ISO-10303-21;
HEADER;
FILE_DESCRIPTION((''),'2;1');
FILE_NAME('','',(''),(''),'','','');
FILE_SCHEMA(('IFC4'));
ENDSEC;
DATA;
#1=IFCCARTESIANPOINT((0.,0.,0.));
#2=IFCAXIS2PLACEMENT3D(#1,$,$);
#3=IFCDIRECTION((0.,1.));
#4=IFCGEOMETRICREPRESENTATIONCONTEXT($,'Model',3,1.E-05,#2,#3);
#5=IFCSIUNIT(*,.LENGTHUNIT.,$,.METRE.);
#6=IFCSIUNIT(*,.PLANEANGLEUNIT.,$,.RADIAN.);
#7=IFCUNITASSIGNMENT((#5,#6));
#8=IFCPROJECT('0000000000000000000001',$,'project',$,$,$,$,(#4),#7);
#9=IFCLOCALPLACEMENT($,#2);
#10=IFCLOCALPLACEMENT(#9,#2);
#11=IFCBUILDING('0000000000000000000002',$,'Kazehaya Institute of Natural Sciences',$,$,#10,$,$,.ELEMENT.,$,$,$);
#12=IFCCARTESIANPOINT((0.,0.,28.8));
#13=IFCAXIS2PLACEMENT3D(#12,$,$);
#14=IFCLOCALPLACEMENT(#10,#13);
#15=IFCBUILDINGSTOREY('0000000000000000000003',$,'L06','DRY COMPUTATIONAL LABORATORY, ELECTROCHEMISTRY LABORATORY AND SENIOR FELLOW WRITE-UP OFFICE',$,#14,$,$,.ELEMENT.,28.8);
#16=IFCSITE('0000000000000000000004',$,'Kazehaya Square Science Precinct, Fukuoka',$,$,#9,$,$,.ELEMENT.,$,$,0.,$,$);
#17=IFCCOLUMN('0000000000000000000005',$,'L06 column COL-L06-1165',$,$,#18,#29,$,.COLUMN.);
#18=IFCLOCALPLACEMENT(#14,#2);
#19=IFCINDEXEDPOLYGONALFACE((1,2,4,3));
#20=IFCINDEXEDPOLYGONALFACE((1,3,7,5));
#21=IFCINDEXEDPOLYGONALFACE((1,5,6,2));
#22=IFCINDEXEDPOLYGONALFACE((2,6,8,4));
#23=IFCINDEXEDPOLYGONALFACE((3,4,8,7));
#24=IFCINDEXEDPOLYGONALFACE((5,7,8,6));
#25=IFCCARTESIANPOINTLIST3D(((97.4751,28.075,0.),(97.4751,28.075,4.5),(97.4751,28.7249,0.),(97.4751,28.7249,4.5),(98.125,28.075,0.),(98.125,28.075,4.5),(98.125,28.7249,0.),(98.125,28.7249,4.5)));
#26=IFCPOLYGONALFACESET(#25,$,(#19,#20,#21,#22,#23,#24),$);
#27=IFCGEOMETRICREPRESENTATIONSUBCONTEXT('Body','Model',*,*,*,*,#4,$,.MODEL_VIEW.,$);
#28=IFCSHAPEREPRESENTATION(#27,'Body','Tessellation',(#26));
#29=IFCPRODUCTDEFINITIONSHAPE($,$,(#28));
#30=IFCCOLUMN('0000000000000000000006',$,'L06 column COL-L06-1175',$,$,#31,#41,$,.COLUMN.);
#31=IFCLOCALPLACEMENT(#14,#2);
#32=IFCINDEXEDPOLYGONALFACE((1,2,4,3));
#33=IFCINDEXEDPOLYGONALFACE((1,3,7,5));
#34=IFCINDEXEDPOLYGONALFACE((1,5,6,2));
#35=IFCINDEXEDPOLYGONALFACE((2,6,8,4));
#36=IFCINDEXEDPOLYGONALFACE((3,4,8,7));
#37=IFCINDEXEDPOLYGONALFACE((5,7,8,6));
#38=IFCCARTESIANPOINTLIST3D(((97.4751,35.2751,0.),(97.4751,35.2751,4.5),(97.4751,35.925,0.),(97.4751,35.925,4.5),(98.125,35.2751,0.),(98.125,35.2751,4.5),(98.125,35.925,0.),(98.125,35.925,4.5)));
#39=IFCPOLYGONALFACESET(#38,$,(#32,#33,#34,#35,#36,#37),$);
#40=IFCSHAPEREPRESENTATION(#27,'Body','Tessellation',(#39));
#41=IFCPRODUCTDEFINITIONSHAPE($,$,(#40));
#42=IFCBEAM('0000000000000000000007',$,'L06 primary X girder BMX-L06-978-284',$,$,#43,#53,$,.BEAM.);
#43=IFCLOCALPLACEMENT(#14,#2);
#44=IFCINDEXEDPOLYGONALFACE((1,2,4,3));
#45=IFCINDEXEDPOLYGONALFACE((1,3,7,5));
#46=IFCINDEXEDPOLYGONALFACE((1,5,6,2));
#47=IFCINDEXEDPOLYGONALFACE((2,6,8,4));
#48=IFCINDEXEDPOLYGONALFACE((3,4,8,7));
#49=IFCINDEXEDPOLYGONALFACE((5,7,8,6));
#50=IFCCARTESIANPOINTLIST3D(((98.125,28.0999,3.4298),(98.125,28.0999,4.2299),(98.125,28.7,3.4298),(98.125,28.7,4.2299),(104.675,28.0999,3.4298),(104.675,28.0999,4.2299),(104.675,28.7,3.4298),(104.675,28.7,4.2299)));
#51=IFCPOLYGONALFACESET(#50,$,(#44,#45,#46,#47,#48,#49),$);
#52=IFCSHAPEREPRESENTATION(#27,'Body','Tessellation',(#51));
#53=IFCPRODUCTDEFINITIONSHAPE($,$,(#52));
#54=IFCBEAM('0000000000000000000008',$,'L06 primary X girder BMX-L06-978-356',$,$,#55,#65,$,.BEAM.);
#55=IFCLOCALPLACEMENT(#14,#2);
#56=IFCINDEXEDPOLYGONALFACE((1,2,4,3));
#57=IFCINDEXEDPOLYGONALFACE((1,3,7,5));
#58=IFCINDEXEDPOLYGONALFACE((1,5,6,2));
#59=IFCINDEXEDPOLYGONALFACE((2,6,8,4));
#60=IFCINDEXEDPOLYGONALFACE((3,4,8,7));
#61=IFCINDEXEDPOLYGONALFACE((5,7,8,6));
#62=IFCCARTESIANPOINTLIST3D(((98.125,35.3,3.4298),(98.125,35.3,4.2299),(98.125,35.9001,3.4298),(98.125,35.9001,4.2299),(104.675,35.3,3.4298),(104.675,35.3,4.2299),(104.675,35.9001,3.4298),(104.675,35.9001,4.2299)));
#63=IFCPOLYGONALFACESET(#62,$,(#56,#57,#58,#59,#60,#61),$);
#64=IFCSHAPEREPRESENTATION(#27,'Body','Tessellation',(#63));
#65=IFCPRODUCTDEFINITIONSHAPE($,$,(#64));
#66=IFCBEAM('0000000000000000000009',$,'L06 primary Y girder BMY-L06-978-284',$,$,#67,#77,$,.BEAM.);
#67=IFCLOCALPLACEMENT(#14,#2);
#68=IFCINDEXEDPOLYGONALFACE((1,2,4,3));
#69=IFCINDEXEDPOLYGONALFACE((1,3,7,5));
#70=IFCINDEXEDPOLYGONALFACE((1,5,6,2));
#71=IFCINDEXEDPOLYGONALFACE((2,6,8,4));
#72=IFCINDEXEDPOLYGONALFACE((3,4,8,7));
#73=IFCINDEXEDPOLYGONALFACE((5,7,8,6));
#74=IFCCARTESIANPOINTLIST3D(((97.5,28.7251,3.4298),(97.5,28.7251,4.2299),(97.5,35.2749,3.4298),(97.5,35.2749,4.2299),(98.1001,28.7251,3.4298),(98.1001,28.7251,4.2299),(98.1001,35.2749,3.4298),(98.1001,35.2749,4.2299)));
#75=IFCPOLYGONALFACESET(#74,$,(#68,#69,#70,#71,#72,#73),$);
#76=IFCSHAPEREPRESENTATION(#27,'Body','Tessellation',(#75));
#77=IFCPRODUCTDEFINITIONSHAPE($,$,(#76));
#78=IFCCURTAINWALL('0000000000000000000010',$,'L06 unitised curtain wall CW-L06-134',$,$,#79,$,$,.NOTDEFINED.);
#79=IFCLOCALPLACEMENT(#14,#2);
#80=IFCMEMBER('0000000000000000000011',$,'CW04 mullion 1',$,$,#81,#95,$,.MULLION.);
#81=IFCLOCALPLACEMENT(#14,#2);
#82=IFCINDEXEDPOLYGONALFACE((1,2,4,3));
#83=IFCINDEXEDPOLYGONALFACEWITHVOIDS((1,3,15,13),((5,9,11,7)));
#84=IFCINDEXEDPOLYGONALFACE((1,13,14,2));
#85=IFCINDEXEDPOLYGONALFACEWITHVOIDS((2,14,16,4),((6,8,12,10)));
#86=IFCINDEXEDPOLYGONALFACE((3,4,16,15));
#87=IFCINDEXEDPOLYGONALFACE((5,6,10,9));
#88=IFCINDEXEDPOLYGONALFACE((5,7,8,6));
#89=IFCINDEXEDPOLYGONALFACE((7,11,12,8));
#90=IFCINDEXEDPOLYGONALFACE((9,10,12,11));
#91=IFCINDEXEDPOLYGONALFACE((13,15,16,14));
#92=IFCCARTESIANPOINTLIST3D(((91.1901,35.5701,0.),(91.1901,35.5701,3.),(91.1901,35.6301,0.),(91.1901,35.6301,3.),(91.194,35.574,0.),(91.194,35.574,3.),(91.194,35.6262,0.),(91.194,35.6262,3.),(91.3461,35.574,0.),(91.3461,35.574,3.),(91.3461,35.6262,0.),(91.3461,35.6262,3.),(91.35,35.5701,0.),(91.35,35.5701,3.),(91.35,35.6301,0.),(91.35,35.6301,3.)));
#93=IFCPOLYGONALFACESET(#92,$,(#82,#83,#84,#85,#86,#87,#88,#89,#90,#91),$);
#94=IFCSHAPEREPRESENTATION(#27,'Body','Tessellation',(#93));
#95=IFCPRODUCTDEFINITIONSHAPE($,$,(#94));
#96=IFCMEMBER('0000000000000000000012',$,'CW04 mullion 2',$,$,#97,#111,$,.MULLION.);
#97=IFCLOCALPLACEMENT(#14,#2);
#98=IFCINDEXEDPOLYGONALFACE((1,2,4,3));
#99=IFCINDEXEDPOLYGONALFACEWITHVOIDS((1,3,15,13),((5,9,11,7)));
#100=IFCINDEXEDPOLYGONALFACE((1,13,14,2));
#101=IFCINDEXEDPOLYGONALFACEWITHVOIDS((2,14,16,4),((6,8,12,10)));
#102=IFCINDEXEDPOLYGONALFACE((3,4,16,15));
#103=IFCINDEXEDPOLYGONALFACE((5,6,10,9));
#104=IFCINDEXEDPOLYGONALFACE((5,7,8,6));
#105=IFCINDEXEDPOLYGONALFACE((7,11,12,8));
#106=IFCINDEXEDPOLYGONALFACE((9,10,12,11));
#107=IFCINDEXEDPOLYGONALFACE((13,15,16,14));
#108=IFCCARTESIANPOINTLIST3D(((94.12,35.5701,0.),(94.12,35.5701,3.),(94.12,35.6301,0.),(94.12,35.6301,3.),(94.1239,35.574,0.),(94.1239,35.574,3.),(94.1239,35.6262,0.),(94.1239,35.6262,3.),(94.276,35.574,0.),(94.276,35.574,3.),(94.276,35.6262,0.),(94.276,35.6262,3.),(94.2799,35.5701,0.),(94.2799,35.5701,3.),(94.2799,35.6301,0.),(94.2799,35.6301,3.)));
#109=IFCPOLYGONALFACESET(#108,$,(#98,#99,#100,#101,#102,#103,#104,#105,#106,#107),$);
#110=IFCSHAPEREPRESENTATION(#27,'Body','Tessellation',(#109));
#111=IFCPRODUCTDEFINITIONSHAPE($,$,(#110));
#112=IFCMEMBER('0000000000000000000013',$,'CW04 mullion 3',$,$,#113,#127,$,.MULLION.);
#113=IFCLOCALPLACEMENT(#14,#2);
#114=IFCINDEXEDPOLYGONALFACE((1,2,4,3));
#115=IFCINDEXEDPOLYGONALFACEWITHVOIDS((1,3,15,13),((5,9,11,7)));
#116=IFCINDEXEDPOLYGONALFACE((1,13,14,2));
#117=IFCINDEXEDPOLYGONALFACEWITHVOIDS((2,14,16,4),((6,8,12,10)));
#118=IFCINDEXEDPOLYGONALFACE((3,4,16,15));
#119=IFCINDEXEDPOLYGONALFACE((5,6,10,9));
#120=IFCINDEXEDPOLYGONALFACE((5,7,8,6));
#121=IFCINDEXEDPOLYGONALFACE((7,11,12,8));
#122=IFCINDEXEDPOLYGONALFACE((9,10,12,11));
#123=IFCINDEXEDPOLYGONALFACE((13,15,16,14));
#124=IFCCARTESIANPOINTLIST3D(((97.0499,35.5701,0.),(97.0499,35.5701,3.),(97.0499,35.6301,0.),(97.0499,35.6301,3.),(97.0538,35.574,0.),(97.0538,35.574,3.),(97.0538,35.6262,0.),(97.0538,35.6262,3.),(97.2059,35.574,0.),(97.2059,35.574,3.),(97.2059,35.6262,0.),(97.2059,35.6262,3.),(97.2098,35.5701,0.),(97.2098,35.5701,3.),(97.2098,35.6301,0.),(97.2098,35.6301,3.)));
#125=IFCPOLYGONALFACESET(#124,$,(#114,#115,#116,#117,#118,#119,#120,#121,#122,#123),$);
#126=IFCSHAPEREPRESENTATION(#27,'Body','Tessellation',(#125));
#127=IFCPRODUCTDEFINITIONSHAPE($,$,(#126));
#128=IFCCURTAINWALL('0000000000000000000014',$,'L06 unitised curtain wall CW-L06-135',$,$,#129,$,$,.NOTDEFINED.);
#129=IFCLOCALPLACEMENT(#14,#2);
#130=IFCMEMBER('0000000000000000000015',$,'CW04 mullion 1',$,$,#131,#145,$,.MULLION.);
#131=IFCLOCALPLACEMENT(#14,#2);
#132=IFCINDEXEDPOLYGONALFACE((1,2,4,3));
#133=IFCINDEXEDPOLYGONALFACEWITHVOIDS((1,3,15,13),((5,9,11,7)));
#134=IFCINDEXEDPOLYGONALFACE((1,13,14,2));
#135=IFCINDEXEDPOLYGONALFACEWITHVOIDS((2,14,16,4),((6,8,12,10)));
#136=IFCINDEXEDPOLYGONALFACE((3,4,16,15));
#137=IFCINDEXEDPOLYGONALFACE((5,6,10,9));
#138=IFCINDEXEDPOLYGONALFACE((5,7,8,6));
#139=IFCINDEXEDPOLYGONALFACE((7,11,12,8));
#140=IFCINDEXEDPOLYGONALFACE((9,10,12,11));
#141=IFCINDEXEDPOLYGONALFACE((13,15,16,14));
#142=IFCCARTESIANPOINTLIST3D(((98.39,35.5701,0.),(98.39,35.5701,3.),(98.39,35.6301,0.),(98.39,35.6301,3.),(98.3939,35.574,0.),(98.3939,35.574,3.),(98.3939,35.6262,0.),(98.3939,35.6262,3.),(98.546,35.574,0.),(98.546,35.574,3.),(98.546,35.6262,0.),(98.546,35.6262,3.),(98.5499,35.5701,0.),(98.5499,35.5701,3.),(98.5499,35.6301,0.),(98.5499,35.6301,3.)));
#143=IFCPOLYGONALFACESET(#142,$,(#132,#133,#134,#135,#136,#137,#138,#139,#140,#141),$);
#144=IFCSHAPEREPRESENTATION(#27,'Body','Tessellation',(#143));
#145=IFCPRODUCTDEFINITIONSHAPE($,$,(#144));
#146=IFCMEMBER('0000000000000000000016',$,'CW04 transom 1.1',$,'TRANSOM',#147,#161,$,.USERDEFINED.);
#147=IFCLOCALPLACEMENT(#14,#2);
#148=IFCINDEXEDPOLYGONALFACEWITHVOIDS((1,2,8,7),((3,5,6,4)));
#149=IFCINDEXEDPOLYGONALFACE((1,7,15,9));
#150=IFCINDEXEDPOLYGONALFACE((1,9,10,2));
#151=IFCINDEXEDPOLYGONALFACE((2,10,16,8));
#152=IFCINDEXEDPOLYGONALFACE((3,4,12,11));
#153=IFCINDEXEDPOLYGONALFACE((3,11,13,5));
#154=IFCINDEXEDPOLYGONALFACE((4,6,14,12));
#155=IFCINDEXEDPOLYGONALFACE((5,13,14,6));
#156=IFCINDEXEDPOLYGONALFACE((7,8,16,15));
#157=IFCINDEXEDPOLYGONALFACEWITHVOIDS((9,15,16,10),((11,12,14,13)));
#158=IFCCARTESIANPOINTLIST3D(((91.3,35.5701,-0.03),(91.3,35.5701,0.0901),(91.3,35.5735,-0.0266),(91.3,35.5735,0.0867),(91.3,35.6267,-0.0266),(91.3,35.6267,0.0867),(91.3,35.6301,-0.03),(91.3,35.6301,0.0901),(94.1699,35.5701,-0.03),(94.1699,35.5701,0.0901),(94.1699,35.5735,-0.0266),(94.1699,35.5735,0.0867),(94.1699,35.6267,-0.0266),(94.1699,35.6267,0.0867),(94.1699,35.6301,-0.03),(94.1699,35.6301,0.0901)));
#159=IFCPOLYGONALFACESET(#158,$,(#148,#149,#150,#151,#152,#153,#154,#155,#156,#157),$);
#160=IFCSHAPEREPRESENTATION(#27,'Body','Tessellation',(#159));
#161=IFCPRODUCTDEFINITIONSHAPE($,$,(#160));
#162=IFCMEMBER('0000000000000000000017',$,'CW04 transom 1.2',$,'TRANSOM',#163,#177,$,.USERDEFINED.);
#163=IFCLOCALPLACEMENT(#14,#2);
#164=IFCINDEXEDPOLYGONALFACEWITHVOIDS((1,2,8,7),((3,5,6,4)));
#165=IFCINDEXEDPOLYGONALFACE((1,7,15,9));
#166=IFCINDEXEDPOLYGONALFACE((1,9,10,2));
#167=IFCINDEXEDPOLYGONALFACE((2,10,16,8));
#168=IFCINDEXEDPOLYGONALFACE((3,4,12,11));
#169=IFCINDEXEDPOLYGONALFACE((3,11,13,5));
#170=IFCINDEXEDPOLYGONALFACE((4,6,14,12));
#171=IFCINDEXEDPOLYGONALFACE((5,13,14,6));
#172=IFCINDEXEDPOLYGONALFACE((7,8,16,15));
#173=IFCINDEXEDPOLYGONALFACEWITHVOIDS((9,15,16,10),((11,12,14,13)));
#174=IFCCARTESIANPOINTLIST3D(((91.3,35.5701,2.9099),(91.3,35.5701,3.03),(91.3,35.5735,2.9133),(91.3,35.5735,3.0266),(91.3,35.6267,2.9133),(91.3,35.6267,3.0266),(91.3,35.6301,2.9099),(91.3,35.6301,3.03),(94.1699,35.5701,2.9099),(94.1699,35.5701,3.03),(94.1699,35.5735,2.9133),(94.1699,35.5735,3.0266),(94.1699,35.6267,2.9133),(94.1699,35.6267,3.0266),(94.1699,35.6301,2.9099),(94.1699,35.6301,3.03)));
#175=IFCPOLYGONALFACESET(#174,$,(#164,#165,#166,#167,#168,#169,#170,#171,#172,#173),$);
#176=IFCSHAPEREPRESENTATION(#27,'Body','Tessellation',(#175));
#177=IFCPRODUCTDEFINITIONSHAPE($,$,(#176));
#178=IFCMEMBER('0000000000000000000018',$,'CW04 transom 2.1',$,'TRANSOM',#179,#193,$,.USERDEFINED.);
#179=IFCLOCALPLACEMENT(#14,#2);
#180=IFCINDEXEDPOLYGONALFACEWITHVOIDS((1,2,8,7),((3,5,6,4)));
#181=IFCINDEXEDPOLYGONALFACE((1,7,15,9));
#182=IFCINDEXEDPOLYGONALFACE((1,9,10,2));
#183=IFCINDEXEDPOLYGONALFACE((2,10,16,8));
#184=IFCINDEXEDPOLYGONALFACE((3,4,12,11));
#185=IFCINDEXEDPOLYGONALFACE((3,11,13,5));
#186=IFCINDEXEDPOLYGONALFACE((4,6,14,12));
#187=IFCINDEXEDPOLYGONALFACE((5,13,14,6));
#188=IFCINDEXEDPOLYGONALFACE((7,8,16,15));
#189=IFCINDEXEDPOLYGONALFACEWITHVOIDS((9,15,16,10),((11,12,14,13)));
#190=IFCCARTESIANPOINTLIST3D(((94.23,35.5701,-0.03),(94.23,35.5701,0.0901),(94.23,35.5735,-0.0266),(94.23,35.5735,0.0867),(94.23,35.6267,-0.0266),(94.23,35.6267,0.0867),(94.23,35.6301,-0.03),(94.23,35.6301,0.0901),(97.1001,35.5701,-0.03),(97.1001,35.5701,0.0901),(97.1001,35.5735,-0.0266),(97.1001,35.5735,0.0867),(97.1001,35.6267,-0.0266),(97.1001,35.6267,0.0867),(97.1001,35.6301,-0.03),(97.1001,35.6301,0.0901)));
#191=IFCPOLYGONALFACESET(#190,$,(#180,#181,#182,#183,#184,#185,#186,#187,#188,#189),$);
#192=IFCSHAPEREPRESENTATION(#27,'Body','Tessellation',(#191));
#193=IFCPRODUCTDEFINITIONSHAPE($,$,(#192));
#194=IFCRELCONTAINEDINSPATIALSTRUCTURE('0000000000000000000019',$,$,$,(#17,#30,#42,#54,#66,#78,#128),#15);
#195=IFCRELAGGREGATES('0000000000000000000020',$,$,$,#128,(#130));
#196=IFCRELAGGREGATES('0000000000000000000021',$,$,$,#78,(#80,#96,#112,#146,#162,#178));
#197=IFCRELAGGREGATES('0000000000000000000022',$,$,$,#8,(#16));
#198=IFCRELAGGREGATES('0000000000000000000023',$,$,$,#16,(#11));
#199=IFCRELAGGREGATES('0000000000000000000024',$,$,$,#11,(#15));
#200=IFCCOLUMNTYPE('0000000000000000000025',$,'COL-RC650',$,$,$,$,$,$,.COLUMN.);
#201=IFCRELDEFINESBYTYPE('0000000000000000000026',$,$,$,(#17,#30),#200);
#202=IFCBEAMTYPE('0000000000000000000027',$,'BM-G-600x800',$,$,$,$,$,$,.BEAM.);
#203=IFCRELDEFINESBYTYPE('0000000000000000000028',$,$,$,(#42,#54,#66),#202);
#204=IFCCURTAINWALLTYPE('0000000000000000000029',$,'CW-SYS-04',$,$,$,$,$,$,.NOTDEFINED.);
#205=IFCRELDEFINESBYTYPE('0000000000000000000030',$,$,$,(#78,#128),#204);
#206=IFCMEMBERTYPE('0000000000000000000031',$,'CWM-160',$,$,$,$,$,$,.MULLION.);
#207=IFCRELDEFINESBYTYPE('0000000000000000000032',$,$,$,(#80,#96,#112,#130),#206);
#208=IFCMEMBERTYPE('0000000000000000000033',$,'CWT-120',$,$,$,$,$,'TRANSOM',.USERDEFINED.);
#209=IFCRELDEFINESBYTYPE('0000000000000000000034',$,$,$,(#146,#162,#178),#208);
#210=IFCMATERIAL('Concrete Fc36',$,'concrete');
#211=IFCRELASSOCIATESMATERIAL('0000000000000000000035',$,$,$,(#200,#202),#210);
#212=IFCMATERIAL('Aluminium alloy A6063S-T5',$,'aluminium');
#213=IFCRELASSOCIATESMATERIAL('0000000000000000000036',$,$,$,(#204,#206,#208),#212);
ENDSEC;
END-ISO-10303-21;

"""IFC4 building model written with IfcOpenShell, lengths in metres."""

from ifc_helpers import new_model, si_unit, direction, frame, origin, origin_2d, place, context, subcontext, project, spatial, rectangle, hollow_rectangle, extrude, material, material_profile, profile_set, type_object, element, aggregate, save


model = new_model("IFC4")

# Units and contexts
model_context = context("Model", 3, precision=1e-05, world=origin(), true_north=direction((0.0, 1.0)))
body_context = subcontext(model_context, "Body", "Model", "MODEL_VIEW")
ifc_project = project(units=[si_unit("LENGTHUNIT", "METRE"), si_unit("PLANEANGLEUNIT", "RADIAN")], contexts=[model_context])

# Site, building, storey
site_placement = place(None, origin())
site = spatial("IfcSite", under=ifc_project, at=site_placement, Name="Kazehaya Square Science Precinct, Fukuoka", CompositionType="ELEMENT", RefElevation=0.0)
building_placement = place(site_placement, origin())
building = spatial("IfcBuilding", under=site, at=building_placement, Name="Kazehaya Institute of Natural Sciences", CompositionType="ELEMENT")
storey_placement = place(building_placement, frame((0.0, 0.0, 28.8)))
storey = spatial("IfcBuildingStorey", under=building, at=storey_placement, Name="L06", Description="DRY COMPUTATIONAL LABORATORY, ELECTROCHEMISTRY LABORATORY AND SENIOR FELLOW WRITE-UP OFFICE", CompositionType="ELEMENT", Elevation=28.8)

# Columns
ifc_material_1 = material(Name="Concrete Fc36", Category="concrete")
ifc_material_profile_1 = material_profile(ifc_material_1, rectangle(XDim=0.6499, YDim=0.6499, at=origin_2d()), Name="RC-650x650")
ifc_profile_set_1 = profile_set([ifc_material_profile_1], Name="Concrete Fc36")
column_type = type_object("IfcColumnType", Name="COL-RC650", PredefinedType="COLUMN", material=ifc_profile_set_1)
for number, where, z_axis, x_axis, name in (
    (1, (97.8, 28.3999, 0.0), (0.0, 0.0, 1.0), (1.0, 0.0, 0.0), "L06 column COL-L06-1165"),
    (2, (97.8, 35.6001, 0.0), (0.0, 0.0, 1.0), (1.0, 0.0, 0.0), "L06 column COL-L06-1175"),
):
    element("IfcColumn", number, at=place(storey_placement, frame(where, z_axis=z_axis, x_axis=x_axis)), inside=storey, type_object=column_type, Name=name, PredefinedType="COLUMN", context=body_context, shape_type="SweptSolid", body=[
        extrude(rectangle(XDim=0.6499, YDim=0.6499, at=origin_2d()), origin(), (0.0, 0.0, 1.0), 4.5),
    ])

# Beams
ifc_material_profile_2 = material_profile(ifc_material_1, rectangle(XDim=0.6001, YDim=0.8, at=origin_2d()), Name="RC-600x800")
ifc_profile_set_2 = profile_set([ifc_material_profile_2], Name="Concrete Fc36")
beam_type = type_object("IfcBeamType", Name="BM-G-600x800", PredefinedType="BEAM", material=ifc_profile_set_2)
for number, where, z_axis, x_axis, name in (
    (3, (98.125, 28.3999, 3.8298), (1.0, 0.0, 0.0), (0.0, 1.0, 0.0), "L06 primary X girder BMX-L06-978-284"),
    (4, (98.125, 35.6001, 3.8298), (1.0, 0.0, 0.0), (0.0, 1.0, 0.0), "L06 primary X girder BMX-L06-978-356"),
):
    element("IfcBeam", number, at=place(storey_placement, frame(where, z_axis=z_axis, x_axis=x_axis)), inside=storey, type_object=beam_type, Name=name, PredefinedType="BEAM", context=body_context, shape_type="SweptSolid", body=[
        extrude(rectangle(XDim=0.6001, YDim=0.8, at=origin_2d()), origin(), (0.0, 0.0, 1.0), 6.55),
    ])
beam_placement = place(storey_placement, frame((97.8, 28.7251, 3.8298), z_axis=(0.0, 1.0, 0.0), x_axis=(-1.0, 0.0, 0.0)))
element("IfcBeam", 5, at=beam_placement, inside=storey, type_object=beam_type, Name="L06 primary Y girder BMY-L06-978-284", PredefinedType="BEAM", context=body_context, shape_type="SweptSolid", body=[
    extrude(rectangle(XDim=0.6001, YDim=0.8, at=origin_2d()), origin(), (0.0, 0.0, 1.0), 6.5498),
])

# Curtain wall, members
ifc_material_2 = material(Name="Aluminium alloy A6063S-T5", Category="aluminium")
curtain_wall_type = type_object("IfcCurtainWallType", Name="CW-SYS-04", PredefinedType="NOTDEFINED", material=ifc_material_2)
curtain_wall_1_placement = place(storey_placement, origin())
curtain_wall_1 = element("IfcCurtainWall", 6, at=curtain_wall_1_placement, inside=storey, type_object=curtain_wall_type, Name="L06 unitised curtain wall CW-L06-134", PredefinedType="NOTDEFINED")
ifc_material_profile_3 = material_profile(ifc_material_2, hollow_rectangle(XDim=0.0601, YDim=0.1599, WallThickness=0.0039, at=origin_2d()), Name="ALU-60x160x4")
ifc_profile_set_3 = profile_set([ifc_material_profile_3], Name="Aluminium alloy A6063S-T5")
member_type_1 = type_object("IfcMemberType", Name="CWM-160", PredefinedType="MULLION", material=ifc_profile_set_3)
member_1_placement = place(storey_placement, frame((91.27, 35.6001, 0.0), z_axis=(0.0, 0.0, 1.0), x_axis=(0.0, 1.0, 0.0)))
member_1 = element("IfcMember", 7, at=member_1_placement, type_object=member_type_1, Name="CW04 mullion 1", PredefinedType="MULLION", context=body_context, shape_type="SweptSolid", body=[
    extrude(hollow_rectangle(XDim=0.0601, YDim=0.1599, WallThickness=0.0039, at=origin_2d()), origin(), (0.0, 0.0, 1.0), 3.0),
])
member_2_placement = place(storey_placement, frame((94.2, 35.6001, 0.0), z_axis=(0.0, 0.0, 1.0), x_axis=(0.0, 1.0, 0.0)))
member_2 = element("IfcMember", 8, at=member_2_placement, type_object=member_type_1, Name="CW04 mullion 2", PredefinedType="MULLION", context=body_context, shape_type="SweptSolid", body=[
    extrude(hollow_rectangle(XDim=0.0601, YDim=0.1599, WallThickness=0.0039, at=origin_2d()), origin(), (0.0, 0.0, 1.0), 3.0),
])
member_3_placement = place(storey_placement, frame((97.1299, 35.6001, 0.0), z_axis=(0.0, 0.0, 1.0), x_axis=(0.0, 1.0, 0.0)))
member_3 = element("IfcMember", 9, at=member_3_placement, type_object=member_type_1, Name="CW04 mullion 3", PredefinedType="MULLION", context=body_context, shape_type="SweptSolid", body=[
    extrude(hollow_rectangle(XDim=0.0601, YDim=0.1599, WallThickness=0.0039, at=origin_2d()), origin(), (0.0, 0.0, 1.0), 3.0),
])

# Curtain wall, member
curtain_wall_2_placement = place(storey_placement, origin())
curtain_wall_2 = element("IfcCurtainWall", 10, at=curtain_wall_2_placement, inside=storey, type_object=curtain_wall_type, Name="L06 unitised curtain wall CW-L06-135", PredefinedType="NOTDEFINED")
member_4_placement = place(storey_placement, frame((98.47, 35.6001, 0.0), z_axis=(0.0, 0.0, 1.0), x_axis=(0.0, 1.0, 0.0)))
member_4 = element("IfcMember", 11, at=member_4_placement, type_object=member_type_1, Name="CW04 mullion 1", PredefinedType="MULLION", context=body_context, shape_type="SweptSolid", body=[
    extrude(hollow_rectangle(XDim=0.0601, YDim=0.1599, WallThickness=0.0039, at=origin_2d()), origin(), (0.0, 0.0, 1.0), 3.0),
])

# Members
ifc_material_profile_4 = material_profile(ifc_material_2, hollow_rectangle(XDim=0.0601, YDim=0.1201, WallThickness=0.0034, at=origin_2d()), Name="ALU-60x120x3.5")
ifc_profile_set_4 = profile_set([ifc_material_profile_4], Name="Aluminium alloy A6063S-T5")
member_type_2 = type_object("IfcMemberType", Name="CWT-120", ElementType="TRANSOM", PredefinedType="USERDEFINED", material=ifc_profile_set_4)
member_5_placement = place(storey_placement, frame((91.3, 35.6001, 0.03), z_axis=(1.0, 0.0, 0.0), x_axis=(0.0, 1.0, 0.0)))
member_5 = element("IfcMember", 12, at=member_5_placement, type_object=member_type_2, Name="CW04 transom 1.1", ObjectType="TRANSOM", PredefinedType="USERDEFINED", context=body_context, shape_type="SweptSolid", body=[
    extrude(hollow_rectangle(XDim=0.0601, YDim=0.1201, WallThickness=0.0034, at=origin_2d()), origin(), (0.0, 0.0, 1.0), 2.8699),
])
member_6_placement = place(storey_placement, frame((91.3, 35.6001, 2.97), z_axis=(1.0, 0.0, 0.0), x_axis=(0.0, 1.0, 0.0)))
member_6 = element("IfcMember", 13, at=member_6_placement, type_object=member_type_2, Name="CW04 transom 1.2", ObjectType="TRANSOM", PredefinedType="USERDEFINED", context=body_context, shape_type="SweptSolid", body=[
    extrude(hollow_rectangle(XDim=0.0601, YDim=0.1201, WallThickness=0.0034, at=origin_2d()), origin(), (0.0, 0.0, 1.0), 2.8699),
])
member_7_placement = place(storey_placement, frame((94.23, 35.6001, 0.03), z_axis=(1.0, 0.0, 0.0), x_axis=(0.0, 1.0, 0.0)))
member_7 = element("IfcMember", 14, at=member_7_placement, type_object=member_type_2, Name="CW04 transom 2.1", ObjectType="TRANSOM", PredefinedType="USERDEFINED", context=body_context, shape_type="SweptSolid", body=[
    extrude(hollow_rectangle(XDim=0.0601, YDim=0.1201, WallThickness=0.0034, at=origin_2d()), origin(), (0.0, 0.0, 1.0), 2.8701),
])

aggregate(curtain_wall_2, [member_4])
aggregate(curtain_wall_1, [member_1, member_2, member_3, member_5, member_6, member_7])

save(model, "model.ifc")
